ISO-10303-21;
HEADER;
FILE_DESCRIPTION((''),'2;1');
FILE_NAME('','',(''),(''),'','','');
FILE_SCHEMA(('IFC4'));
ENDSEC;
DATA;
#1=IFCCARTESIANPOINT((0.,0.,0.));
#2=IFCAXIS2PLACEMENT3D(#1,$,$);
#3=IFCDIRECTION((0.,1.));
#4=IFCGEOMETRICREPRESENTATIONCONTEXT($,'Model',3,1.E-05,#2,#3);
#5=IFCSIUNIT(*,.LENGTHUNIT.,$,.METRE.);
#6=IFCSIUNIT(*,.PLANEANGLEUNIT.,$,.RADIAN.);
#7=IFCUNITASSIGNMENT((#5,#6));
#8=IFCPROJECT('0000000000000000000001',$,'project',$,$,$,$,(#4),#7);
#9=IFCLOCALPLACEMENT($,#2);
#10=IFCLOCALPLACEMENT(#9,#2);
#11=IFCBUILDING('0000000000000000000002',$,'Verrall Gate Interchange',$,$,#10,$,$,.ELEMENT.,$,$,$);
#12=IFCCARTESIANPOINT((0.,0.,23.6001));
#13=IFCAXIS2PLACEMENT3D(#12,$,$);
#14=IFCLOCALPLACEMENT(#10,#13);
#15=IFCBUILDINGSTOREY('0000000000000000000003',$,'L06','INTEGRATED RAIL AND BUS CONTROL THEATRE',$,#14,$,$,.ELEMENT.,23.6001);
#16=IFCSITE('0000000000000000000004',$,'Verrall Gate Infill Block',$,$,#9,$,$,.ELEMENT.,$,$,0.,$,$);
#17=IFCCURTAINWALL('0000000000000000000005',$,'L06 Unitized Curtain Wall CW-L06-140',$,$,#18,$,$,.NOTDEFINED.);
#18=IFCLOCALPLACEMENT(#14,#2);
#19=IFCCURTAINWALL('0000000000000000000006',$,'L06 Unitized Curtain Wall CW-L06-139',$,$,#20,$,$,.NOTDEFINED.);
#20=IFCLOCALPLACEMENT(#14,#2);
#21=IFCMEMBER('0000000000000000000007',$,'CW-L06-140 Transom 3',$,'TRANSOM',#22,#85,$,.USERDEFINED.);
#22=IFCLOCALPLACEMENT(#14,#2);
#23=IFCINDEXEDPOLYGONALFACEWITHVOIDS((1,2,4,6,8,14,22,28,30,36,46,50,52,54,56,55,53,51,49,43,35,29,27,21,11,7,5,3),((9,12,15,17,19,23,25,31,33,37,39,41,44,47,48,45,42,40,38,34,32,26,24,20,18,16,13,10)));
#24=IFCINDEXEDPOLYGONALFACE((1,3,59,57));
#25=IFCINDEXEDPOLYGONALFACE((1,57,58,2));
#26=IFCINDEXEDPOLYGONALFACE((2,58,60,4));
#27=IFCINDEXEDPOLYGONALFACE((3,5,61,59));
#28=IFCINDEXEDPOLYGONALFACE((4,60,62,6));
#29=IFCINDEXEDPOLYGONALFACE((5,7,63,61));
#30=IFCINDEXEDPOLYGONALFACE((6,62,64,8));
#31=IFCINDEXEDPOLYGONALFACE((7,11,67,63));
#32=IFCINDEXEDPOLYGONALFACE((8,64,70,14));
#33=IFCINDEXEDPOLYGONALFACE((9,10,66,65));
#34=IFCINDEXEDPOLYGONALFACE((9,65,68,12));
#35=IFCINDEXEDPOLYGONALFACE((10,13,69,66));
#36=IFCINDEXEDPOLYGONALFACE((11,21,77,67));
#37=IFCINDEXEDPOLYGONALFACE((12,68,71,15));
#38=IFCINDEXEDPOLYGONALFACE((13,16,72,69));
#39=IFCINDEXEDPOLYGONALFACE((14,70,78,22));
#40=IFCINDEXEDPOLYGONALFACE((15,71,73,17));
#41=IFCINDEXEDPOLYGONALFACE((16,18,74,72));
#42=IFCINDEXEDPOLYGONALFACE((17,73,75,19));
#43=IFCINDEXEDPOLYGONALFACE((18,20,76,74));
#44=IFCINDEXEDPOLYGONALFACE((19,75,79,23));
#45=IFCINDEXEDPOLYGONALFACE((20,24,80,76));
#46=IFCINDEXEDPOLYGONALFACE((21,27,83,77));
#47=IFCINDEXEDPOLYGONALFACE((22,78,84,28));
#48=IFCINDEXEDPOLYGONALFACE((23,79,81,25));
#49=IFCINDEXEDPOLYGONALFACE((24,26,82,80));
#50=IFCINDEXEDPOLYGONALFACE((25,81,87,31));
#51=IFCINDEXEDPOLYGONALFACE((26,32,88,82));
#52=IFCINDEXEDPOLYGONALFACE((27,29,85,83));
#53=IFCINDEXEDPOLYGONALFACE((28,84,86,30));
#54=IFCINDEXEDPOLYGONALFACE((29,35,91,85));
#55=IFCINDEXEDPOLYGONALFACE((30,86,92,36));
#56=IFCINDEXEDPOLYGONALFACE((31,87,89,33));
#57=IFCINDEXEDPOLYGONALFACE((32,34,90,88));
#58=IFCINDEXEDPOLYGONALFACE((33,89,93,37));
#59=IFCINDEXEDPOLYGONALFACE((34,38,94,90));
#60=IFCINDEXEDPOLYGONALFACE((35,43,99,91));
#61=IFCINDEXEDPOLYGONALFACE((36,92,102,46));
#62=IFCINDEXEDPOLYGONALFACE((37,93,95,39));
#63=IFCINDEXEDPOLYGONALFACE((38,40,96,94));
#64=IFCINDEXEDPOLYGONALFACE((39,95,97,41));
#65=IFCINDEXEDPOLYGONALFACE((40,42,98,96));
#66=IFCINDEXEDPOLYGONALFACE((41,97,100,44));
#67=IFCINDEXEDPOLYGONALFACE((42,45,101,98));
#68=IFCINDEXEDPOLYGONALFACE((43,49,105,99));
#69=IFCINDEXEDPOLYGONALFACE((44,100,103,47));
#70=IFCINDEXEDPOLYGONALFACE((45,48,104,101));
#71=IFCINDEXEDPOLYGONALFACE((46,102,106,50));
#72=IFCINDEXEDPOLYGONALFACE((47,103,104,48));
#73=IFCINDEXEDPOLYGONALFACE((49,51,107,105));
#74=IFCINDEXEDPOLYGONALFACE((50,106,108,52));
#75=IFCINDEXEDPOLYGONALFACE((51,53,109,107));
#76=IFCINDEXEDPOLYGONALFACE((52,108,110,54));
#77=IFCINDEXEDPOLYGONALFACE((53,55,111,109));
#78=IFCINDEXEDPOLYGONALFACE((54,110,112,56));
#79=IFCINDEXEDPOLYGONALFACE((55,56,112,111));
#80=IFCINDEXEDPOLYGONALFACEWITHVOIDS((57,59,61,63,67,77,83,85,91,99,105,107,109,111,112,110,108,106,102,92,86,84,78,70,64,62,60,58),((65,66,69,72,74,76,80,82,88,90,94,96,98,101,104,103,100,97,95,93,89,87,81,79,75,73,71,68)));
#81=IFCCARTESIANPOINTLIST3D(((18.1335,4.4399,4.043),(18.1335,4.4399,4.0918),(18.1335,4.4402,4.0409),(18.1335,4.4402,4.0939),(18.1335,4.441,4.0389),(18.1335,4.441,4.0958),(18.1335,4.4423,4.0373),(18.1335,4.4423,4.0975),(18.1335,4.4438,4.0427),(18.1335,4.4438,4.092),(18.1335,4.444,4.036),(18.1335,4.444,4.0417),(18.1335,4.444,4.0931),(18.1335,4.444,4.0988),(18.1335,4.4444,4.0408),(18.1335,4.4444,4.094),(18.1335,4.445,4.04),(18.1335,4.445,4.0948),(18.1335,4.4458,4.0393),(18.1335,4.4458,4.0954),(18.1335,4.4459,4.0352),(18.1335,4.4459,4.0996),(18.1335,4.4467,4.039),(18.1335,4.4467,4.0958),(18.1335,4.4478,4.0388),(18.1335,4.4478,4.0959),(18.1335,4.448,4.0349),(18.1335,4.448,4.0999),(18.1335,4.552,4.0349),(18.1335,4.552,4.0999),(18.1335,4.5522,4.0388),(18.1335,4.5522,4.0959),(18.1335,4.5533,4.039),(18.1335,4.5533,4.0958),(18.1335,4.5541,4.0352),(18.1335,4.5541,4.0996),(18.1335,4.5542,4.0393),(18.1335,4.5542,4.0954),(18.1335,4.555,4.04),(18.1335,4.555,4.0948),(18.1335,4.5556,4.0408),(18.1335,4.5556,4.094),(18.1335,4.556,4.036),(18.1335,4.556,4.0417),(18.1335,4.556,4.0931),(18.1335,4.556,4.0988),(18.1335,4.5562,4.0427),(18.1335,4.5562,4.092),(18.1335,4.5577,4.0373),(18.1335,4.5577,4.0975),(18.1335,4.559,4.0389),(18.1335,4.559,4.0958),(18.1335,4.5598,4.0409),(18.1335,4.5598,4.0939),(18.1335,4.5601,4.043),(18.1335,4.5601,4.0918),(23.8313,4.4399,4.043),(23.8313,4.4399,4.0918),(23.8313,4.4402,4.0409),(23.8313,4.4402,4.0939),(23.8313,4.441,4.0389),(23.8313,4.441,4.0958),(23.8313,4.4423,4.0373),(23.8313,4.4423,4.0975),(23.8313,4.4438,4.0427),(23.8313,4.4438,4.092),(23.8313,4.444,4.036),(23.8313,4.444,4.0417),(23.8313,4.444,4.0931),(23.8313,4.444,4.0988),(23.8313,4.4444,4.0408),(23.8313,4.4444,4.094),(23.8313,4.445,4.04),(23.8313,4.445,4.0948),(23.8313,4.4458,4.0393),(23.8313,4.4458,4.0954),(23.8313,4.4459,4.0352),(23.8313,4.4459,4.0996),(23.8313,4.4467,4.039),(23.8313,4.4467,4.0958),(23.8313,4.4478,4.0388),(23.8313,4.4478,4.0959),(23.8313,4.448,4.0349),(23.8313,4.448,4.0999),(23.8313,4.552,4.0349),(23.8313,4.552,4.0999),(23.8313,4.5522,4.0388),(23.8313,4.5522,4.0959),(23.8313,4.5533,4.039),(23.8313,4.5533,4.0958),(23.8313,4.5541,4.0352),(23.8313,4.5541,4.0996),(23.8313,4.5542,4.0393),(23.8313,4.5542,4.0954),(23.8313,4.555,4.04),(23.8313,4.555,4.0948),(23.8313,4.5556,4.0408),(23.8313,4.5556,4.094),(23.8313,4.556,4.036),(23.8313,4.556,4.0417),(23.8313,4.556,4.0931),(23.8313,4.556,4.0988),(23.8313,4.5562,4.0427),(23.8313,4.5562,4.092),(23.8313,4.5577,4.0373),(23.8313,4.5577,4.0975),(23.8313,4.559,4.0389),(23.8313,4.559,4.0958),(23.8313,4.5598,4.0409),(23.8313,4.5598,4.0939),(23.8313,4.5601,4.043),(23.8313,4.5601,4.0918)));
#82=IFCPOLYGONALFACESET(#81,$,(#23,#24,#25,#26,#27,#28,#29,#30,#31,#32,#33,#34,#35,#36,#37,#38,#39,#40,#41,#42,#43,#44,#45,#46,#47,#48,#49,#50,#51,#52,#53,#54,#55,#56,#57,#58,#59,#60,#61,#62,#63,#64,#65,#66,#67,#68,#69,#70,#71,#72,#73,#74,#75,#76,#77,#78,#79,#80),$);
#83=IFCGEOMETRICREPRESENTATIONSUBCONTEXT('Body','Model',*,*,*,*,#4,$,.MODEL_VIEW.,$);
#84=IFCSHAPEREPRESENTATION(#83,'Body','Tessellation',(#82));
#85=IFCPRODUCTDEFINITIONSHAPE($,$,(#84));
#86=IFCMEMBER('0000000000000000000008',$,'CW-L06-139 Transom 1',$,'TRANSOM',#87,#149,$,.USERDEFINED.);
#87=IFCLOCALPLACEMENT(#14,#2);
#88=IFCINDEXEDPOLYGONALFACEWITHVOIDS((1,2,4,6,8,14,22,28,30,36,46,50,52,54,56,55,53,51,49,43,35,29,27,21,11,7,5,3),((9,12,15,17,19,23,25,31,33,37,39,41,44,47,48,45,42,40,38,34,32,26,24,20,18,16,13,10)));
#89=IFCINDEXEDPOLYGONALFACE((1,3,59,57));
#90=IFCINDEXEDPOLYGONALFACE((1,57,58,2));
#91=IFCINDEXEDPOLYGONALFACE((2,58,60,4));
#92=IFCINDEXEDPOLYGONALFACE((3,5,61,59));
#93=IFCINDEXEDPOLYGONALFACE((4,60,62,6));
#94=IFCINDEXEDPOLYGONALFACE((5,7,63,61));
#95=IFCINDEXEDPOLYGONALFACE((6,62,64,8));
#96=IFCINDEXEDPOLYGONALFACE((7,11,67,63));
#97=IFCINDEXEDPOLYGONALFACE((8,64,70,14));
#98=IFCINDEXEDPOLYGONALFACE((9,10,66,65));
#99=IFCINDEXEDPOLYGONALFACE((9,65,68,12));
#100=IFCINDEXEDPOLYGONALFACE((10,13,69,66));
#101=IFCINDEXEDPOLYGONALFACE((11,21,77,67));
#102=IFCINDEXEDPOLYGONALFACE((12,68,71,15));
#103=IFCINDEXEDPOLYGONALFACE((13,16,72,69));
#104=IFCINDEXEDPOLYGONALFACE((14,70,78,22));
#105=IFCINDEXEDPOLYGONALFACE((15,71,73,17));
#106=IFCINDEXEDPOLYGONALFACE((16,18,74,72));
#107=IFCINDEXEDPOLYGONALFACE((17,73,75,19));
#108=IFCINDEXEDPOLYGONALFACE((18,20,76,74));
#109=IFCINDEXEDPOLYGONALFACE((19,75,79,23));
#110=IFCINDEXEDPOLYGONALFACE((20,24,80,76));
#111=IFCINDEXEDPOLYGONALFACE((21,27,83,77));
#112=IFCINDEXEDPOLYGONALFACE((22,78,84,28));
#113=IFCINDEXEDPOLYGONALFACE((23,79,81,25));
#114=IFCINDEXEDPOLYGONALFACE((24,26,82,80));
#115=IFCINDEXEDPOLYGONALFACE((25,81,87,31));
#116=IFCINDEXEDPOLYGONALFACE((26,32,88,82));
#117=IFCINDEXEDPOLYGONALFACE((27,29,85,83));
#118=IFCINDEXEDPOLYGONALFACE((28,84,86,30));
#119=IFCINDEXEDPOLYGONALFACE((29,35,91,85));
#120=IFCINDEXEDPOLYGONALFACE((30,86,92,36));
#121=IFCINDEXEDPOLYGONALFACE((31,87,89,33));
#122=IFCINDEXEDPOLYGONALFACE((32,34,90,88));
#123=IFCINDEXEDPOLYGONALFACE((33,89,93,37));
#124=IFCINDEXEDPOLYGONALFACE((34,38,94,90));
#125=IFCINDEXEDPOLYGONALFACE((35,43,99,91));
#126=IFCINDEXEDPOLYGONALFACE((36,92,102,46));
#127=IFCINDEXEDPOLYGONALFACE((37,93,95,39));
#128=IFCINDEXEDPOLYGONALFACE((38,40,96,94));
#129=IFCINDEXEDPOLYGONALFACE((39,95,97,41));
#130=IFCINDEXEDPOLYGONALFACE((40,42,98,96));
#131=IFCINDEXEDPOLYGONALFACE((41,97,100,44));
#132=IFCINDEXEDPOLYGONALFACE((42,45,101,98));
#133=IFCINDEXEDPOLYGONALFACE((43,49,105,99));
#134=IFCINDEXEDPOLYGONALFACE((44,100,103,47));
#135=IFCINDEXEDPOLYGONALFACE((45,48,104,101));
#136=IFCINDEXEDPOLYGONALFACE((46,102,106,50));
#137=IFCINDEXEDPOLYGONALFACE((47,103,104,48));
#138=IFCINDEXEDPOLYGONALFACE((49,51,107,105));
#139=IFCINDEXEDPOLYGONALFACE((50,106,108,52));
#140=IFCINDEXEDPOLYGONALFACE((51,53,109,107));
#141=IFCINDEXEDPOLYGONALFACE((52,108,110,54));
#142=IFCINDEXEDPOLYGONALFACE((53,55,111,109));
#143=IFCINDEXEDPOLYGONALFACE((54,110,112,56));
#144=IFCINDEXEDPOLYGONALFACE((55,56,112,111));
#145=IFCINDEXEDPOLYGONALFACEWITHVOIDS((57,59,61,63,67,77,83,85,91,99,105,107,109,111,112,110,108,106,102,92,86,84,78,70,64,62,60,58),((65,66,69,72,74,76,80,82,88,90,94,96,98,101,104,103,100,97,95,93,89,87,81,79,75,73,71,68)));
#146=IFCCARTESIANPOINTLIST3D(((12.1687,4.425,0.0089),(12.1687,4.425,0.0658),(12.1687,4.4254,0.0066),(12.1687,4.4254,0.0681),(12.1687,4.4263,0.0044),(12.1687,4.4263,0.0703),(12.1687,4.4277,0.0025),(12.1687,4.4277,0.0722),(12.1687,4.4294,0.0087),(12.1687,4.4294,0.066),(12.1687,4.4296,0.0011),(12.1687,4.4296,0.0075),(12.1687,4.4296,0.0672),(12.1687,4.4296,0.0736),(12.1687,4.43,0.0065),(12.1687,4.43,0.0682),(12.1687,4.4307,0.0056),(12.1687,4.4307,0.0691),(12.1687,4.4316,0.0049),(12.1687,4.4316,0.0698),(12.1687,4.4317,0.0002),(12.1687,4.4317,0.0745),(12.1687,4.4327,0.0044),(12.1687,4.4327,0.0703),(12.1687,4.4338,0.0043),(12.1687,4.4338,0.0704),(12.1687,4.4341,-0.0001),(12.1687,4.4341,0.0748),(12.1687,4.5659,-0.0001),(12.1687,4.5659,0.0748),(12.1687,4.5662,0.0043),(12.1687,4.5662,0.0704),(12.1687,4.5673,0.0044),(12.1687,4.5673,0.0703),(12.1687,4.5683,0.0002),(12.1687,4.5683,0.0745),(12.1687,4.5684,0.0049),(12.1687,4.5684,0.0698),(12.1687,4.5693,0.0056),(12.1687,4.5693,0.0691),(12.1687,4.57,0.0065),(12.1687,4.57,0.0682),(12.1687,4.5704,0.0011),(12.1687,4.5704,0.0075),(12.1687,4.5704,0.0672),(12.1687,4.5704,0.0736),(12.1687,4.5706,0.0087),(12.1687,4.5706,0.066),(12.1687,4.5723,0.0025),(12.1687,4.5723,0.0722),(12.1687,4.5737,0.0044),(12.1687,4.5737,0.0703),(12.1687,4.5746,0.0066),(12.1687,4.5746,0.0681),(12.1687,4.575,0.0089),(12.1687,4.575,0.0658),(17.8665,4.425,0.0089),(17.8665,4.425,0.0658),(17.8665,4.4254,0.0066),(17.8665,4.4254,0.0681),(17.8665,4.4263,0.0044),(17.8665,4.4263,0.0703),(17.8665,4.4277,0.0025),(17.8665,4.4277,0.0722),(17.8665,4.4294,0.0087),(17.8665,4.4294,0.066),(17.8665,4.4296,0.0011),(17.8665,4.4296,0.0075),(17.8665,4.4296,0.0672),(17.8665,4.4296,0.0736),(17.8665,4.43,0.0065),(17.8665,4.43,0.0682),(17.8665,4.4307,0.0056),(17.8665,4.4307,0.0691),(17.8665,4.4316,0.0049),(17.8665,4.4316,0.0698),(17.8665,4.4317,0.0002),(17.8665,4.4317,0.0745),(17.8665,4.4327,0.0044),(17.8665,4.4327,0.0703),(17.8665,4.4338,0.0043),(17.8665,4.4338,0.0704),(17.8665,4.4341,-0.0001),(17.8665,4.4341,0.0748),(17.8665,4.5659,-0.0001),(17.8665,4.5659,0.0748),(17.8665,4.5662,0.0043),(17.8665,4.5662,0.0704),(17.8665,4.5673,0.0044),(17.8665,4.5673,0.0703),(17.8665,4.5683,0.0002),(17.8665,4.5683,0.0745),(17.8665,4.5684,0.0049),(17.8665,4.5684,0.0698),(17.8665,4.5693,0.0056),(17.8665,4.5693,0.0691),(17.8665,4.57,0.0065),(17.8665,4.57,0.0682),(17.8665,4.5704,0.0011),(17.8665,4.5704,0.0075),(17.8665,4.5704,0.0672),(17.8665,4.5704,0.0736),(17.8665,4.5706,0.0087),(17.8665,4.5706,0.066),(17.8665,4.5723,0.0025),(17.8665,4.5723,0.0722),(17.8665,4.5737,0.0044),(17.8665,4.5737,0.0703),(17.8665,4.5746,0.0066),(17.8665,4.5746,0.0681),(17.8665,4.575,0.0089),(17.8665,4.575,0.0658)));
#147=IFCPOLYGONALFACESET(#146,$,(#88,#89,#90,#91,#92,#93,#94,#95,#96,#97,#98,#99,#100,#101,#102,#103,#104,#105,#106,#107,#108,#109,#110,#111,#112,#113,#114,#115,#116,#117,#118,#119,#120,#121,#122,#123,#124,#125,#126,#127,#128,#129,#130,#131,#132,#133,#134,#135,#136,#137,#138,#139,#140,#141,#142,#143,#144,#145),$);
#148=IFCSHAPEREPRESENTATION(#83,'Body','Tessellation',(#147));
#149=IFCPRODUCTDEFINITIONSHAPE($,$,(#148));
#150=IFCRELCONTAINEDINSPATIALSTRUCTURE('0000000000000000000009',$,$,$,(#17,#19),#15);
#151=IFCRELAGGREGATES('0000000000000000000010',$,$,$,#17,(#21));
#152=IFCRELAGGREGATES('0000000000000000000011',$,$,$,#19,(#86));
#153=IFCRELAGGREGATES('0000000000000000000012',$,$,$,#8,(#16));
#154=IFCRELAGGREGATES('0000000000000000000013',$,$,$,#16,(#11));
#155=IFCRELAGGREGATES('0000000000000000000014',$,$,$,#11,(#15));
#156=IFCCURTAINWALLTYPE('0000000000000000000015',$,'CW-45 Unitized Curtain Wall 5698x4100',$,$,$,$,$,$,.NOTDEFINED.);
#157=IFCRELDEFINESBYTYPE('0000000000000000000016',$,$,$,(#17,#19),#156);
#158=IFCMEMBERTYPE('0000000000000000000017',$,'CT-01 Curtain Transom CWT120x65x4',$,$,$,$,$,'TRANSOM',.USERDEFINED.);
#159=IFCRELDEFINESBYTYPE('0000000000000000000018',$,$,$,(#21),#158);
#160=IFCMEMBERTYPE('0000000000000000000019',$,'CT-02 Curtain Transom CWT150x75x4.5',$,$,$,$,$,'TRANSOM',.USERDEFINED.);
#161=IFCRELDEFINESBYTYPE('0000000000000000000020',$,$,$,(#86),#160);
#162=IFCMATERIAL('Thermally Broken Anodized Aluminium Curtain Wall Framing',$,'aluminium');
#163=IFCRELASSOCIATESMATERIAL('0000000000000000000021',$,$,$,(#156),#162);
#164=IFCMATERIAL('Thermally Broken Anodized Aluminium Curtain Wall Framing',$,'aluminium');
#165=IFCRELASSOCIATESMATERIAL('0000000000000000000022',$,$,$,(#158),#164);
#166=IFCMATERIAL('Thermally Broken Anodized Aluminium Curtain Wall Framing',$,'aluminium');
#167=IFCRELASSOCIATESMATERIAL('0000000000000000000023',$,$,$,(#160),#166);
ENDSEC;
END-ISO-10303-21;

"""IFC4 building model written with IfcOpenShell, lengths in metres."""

from ifc_helpers import new_model, si_unit, direction, frame, origin, origin_2d, place, context, subcontext, project, spatial, hollow_rectangle, extrude, material, material_profile, profile_set, type_object, element, aggregate, save


model = new_model("IFC4")

# Units and contexts
model_context = context("Model", 3, precision=1e-05, world=origin(), true_north=direction((0.0, 1.0)))
body_context = subcontext(model_context, "Body", "Model", "MODEL_VIEW")
ifc_project = project(units=[si_unit("LENGTHUNIT", "METRE"), si_unit("PLANEANGLEUNIT", "RADIAN")], contexts=[model_context])

# Site, building, storey
site_placement = place(None, origin())
site = spatial("IfcSite", under=ifc_project, at=site_placement, Name="Verrall Gate Infill Block", CompositionType="ELEMENT", RefElevation=0.0)
building_placement = place(site_placement, origin())
building = spatial("IfcBuilding", under=site, at=building_placement, Name="Verrall Gate Interchange", CompositionType="ELEMENT")
storey_placement = place(building_placement, frame((0.0, 0.0, 23.6001)))
storey = spatial("IfcBuildingStorey", under=building, at=storey_placement, Name="L06", Description="INTEGRATED RAIL AND BUS CONTROL THEATRE", CompositionType="ELEMENT", Elevation=23.6001)

# Curtain walls
ifc_material_1 = material(Name="Thermally Broken Anodized Aluminium Curtain Wall Framing", Category="aluminium")
curtain_wall_type = type_object("IfcCurtainWallType", Name="CW-45 Unitized Curtain Wall 5698x4100", PredefinedType="NOTDEFINED", material=ifc_material_1)
curtain_wall_1_placement = place(storey_placement, origin())
curtain_wall_1 = element("IfcCurtainWall", 1, at=curtain_wall_1_placement, inside=storey, type_object=curtain_wall_type, Name="L06 Unitized Curtain Wall CW-L06-140", PredefinedType="NOTDEFINED")
curtain_wall_2_placement = place(storey_placement, origin())
curtain_wall_2 = element("IfcCurtainWall", 2, at=curtain_wall_2_placement, inside=storey, type_object=curtain_wall_type, Name="L06 Unitized Curtain Wall CW-L06-139", PredefinedType="NOTDEFINED")

# Members
ifc_material_2 = material(Name="Thermally Broken Anodized Aluminium Curtain Wall Framing", Category="aluminium")
ifc_material_profile_1 = material_profile(ifc_material_2, hollow_rectangle(XDim=0.1201, YDim=0.0649, WallThickness=0.0039, InnerFilletRadius=0.0039, OuterFilletRadius=0.0081, at=origin_2d()), Name="CWT120x65x4")
ifc_profile_set_1 = profile_set([ifc_material_profile_1], Name="Thermally Broken Anodized Aluminium Curtain Wall Framing")
member_type_1 = type_object("IfcMemberType", Name="CT-01 Curtain Transom CWT120x65x4", ElementType="TRANSOM", PredefinedType="USERDEFINED", material=ifc_profile_set_1)
member_1_placement = place(storey_placement, frame((18.1335, 4.5, 4.0674), z_axis=(1.0, 0.0, 0.0), x_axis=(0.0, 1.0, 0.0)))
member_1 = element("IfcMember", 3, at=member_1_placement, type_object=member_type_1, Name="CW-L06-140 Transom 3", ObjectType="TRANSOM", PredefinedType="USERDEFINED", context=body_context, shape_type="SweptSolid", body=[
    extrude(hollow_rectangle(XDim=0.1201, YDim=0.0649, WallThickness=0.0039, InnerFilletRadius=0.0039, OuterFilletRadius=0.0081, at=origin_2d()), origin(), (0.0, 0.0, 1.0), 5.6978),
])
ifc_material_3 = material(Name="Thermally Broken Anodized Aluminium Curtain Wall Framing", Category="aluminium")
ifc_material_profile_2 = material_profile(ifc_material_3, hollow_rectangle(XDim=0.1499, YDim=0.075, WallThickness=0.0044, InnerFilletRadius=0.0044, OuterFilletRadius=0.009, at=origin_2d()), Name="CWT150x75x4.5")
ifc_profile_set_2 = profile_set([ifc_material_profile_2], Name="Thermally Broken Anodized Aluminium Curtain Wall Framing")
member_type_2 = type_object("IfcMemberType", Name="CT-02 Curtain Transom CWT150x75x4.5", ElementType="TRANSOM", PredefinedType="USERDEFINED", material=ifc_profile_set_2)
member_2_placement = place(storey_placement, frame((12.1687, 4.5, 0.0374), z_axis=(1.0, 0.0, 0.0), x_axis=(0.0, 1.0, 0.0)))
member_2 = element("IfcMember", 4, at=member_2_placement, type_object=member_type_2, Name="CW-L06-139 Transom 1", ObjectType="TRANSOM", PredefinedType="USERDEFINED", context=body_context, shape_type="SweptSolid", body=[
    extrude(hollow_rectangle(XDim=0.1499, YDim=0.075, WallThickness=0.0044, InnerFilletRadius=0.0044, OuterFilletRadius=0.009, at=origin_2d()), origin(), (0.0, 0.0, 1.0), 5.6978),
])

aggregate(curtain_wall_1, [member_1])
aggregate(curtain_wall_2, [member_2])

save(model, "model.ifc")
